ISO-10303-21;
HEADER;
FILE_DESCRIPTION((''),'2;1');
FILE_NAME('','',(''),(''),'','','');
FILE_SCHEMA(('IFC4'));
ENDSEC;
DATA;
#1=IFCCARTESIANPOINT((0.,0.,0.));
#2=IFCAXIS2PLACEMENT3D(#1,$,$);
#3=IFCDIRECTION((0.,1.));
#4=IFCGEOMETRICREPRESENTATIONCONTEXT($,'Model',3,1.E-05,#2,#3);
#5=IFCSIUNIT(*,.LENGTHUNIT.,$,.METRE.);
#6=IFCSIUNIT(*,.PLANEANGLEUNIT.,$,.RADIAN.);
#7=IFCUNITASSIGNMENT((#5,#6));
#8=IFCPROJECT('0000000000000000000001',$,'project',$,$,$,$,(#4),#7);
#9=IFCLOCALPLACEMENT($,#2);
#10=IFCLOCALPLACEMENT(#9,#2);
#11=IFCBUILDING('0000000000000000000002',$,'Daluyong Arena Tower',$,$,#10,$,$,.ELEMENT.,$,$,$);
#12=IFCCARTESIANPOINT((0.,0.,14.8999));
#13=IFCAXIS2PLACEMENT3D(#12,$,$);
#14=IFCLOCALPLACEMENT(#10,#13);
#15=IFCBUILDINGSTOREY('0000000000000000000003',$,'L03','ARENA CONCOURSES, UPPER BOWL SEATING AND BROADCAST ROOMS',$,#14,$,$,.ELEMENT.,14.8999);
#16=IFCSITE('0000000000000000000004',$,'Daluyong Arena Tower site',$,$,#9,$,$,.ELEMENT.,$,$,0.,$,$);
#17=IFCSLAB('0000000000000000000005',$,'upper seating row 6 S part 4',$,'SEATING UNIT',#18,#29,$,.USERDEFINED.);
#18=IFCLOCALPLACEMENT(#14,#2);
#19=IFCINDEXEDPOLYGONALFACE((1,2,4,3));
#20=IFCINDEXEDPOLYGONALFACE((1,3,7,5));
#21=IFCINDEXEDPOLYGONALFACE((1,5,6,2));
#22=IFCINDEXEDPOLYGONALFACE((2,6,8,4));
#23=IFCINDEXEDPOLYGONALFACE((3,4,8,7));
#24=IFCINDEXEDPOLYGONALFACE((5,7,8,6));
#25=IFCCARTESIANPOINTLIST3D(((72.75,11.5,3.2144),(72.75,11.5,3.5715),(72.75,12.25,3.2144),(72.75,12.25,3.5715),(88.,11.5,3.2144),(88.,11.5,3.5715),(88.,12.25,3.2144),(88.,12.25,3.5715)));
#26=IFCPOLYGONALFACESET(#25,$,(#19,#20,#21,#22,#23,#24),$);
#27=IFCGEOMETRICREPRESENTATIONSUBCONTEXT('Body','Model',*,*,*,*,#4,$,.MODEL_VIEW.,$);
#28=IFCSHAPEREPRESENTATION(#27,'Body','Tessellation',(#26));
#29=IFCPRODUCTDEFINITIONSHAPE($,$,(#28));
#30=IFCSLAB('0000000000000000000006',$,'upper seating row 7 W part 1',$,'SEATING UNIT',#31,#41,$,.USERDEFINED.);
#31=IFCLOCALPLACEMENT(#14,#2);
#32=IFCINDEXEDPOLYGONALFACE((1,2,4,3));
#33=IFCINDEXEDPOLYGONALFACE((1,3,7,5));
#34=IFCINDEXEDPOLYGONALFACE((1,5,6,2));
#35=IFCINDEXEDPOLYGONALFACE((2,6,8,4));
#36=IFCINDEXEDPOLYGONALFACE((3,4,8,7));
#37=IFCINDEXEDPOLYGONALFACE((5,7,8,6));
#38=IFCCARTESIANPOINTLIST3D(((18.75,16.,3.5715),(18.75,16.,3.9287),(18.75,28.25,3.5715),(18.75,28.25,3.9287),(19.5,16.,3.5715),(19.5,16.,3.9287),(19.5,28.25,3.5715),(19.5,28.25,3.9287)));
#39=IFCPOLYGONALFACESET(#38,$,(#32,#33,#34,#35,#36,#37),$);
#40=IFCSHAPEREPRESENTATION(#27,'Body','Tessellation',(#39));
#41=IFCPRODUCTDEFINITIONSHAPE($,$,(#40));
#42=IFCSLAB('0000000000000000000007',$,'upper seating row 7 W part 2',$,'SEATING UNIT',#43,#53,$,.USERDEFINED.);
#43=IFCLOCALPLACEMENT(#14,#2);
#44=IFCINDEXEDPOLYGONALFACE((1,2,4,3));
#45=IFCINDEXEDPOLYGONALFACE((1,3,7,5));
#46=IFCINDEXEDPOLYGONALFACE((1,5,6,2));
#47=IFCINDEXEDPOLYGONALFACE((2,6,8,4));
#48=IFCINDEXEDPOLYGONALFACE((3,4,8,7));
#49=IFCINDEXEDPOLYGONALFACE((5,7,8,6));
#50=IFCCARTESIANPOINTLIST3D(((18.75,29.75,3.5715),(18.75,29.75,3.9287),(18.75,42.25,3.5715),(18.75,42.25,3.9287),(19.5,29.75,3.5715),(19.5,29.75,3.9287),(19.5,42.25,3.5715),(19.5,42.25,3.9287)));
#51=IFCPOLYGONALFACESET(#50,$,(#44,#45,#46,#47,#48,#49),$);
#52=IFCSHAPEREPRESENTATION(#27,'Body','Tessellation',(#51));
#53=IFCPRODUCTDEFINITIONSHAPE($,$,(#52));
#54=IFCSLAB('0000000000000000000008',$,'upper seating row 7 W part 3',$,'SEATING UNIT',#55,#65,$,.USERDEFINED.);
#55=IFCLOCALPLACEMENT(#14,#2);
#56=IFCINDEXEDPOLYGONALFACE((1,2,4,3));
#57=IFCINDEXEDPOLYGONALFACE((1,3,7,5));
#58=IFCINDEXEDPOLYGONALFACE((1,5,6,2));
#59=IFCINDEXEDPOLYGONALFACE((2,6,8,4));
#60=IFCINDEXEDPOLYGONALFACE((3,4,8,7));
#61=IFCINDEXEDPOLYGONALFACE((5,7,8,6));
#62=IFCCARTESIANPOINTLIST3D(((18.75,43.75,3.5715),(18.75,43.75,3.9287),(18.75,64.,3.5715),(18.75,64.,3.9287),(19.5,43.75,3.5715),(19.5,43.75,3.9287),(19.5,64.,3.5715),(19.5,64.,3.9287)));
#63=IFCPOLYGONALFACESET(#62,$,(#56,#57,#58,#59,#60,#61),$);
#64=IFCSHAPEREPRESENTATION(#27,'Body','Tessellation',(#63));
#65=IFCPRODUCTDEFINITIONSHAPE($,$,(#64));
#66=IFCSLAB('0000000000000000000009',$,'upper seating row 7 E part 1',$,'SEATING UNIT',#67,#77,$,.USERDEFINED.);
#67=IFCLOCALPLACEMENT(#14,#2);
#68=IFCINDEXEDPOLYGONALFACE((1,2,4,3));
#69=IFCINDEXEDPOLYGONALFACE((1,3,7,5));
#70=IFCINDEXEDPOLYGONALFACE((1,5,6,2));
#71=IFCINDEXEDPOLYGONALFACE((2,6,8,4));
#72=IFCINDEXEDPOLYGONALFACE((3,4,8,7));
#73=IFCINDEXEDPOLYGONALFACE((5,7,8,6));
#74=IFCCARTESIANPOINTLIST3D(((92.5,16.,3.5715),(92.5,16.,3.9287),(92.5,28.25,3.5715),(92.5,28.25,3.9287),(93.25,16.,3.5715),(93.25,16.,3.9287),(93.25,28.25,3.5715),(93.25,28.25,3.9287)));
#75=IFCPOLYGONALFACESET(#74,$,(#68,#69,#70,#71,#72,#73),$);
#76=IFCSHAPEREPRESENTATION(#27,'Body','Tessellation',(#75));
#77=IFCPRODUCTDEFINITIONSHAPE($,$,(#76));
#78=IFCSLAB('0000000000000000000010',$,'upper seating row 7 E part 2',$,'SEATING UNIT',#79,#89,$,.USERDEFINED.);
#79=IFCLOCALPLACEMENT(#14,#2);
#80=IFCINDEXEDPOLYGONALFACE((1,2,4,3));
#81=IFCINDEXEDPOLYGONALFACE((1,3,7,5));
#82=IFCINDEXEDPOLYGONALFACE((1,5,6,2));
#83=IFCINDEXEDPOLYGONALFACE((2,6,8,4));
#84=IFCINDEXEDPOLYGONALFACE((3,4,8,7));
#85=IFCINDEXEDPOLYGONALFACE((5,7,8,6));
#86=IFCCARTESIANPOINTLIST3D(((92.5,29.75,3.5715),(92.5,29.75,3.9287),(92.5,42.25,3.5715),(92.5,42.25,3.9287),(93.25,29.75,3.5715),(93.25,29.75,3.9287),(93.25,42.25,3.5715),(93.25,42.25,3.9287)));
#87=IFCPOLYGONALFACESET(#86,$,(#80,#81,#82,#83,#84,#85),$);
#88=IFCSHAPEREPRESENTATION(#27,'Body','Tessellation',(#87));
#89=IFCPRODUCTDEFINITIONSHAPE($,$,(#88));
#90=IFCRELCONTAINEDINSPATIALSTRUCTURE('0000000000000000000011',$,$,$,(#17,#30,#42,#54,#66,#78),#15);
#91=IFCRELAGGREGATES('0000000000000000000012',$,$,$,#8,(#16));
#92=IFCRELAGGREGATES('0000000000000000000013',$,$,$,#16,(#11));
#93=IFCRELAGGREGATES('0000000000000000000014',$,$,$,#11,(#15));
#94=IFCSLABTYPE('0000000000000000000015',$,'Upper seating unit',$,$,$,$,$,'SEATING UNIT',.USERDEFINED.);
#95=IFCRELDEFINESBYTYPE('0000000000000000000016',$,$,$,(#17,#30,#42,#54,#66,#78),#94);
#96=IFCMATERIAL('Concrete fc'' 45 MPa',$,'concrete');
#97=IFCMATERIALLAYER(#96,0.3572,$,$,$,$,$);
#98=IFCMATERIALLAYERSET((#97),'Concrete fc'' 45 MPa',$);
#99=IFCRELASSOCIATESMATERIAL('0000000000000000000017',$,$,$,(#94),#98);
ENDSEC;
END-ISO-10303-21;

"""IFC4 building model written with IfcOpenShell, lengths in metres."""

from ifc_helpers import new_model, si_unit, direction, frame, origin, place, context, subcontext, project, spatial, polyline, outline, extrude, material, layer, layer_set, type_object, element, save


model = new_model("IFC4")

# Units and contexts
model_context = context("Model", 3, precision=1e-05, world=origin(), true_north=direction((0.0, 1.0)))
body_context = subcontext(model_context, "Body", "Model", "MODEL_VIEW")
ifc_project = project(units=[si_unit("LENGTHUNIT", "METRE"), si_unit("PLANEANGLEUNIT", "RADIAN")], contexts=[model_context])

# Site, building, storey
site_placement = place(None, origin())
site = spatial("IfcSite", under=ifc_project, at=site_placement, Name="Daluyong Arena Tower site", CompositionType="ELEMENT", RefElevation=0.0)
building_placement = place(site_placement, origin())
building = spatial("IfcBuilding", under=site, at=building_placement, Name="Daluyong Arena Tower", CompositionType="ELEMENT")
storey_placement = place(building_placement, frame((0.0, 0.0, 14.8999)))
storey = spatial("IfcBuildingStorey", under=building, at=storey_placement, Name="L03", Description="ARENA CONCOURSES, UPPER BOWL SEATING AND BROADCAST ROOMS", CompositionType="ELEMENT", Elevation=14.8999)

# Slabs
ifc_material = material(Name="Concrete fc' 45 MPa", Category="concrete")
ifc_layer = layer(ifc_material, 0.3572)
ifc_layer_set = layer_set([ifc_layer], Name="Concrete fc' 45 MPa")
slab_type = type_object("IfcSlabType", Name="Upper seating unit", ElementType="SEATING UNIT", PredefinedType="USERDEFINED", material=ifc_layer_set)
slab_1_placement = place(storey_placement, frame((0.0, 0.0, 3.2144)))
element("IfcSlab", 1, at=slab_1_placement, inside=storey, type_object=slab_type, Name="upper seating row 6 S part 4", ObjectType="SEATING UNIT", PredefinedType="USERDEFINED", context=body_context, shape_type="SweptSolid", body=[
    extrude(outline(polyline([(88.0, 12.25), (72.75, 12.25), (72.75, 11.5), (88.0, 11.5), (88.0, 12.25)])), origin(), (0.0, 0.0, 1.0), 0.3572),
])
slab_2_placement = place(storey_placement, frame((0.0, 0.0, 3.5715)))
element("IfcSlab", 2, at=slab_2_placement, inside=storey, type_object=slab_type, Name="upper seating row 7 W part 1", ObjectType="SEATING UNIT", PredefinedType="USERDEFINED", context=body_context, shape_type="SweptSolid", body=[
    extrude(outline(polyline([(19.5, 16.0), (19.5, 28.25), (18.75, 28.25), (18.75, 16.0), (19.5, 16.0)])), origin(), (0.0, 0.0, 1.0), 0.3572),
])
slab_3_placement = place(storey_placement, frame((0.0, 0.0, 3.5715)))
element("IfcSlab", 3, at=slab_3_placement, inside=storey, type_object=slab_type, Name="upper seating row 7 W part 2", ObjectType="SEATING UNIT", PredefinedType="USERDEFINED", context=body_context, shape_type="SweptSolid", body=[
    extrude(outline(polyline([(19.5, 29.75), (19.5, 42.25), (18.75, 42.25), (18.75, 29.75), (19.5, 29.75)])), origin(), (0.0, 0.0, 1.0), 0.3572),
])
slab_4_placement = place(storey_placement, frame((0.0, 0.0, 3.5715)))
element("IfcSlab", 4, at=slab_4_placement, inside=storey, type_object=slab_type, Name="upper seating row 7 W part 3", ObjectType="SEATING UNIT", PredefinedType="USERDEFINED", context=body_context, shape_type="SweptSolid", body=[
    extrude(outline(polyline([(18.75, 64.0), (18.75, 43.75), (19.5, 43.75), (19.5, 64.0), (18.75, 64.0)])), origin(), (0.0, 0.0, 1.0), 0.3572),
])
slab_5_placement = place(storey_placement, frame((0.0, 0.0, 3.5715)))
element("IfcSlab", 5, at=slab_5_placement, inside=storey, type_object=slab_type, Name="upper seating row 7 E part 1", ObjectType="SEATING UNIT", PredefinedType="USERDEFINED", context=body_context, shape_type="SweptSolid", body=[
    extrude(outline(polyline([(93.25, 16.0), (93.25, 28.25), (92.5, 28.25), (92.5, 16.0), (93.25, 16.0)])), origin(), (0.0, 0.0, 1.0), 0.3572),
])
slab_6_placement = place(storey_placement, frame((0.0, 0.0, 3.5715)))
element("IfcSlab", 6, at=slab_6_placement, inside=storey, type_object=slab_type, Name="upper seating row 7 E part 2", ObjectType="SEATING UNIT", PredefinedType="USERDEFINED", context=body_context, shape_type="SweptSolid", body=[
    extrude(outline(polyline([(93.25, 29.75), (93.25, 42.25), (92.5, 42.25), (92.5, 29.75), (93.25, 29.75)])), origin(), (0.0, 0.0, 1.0), 0.3572),
])

save(model, "model.ifc")
